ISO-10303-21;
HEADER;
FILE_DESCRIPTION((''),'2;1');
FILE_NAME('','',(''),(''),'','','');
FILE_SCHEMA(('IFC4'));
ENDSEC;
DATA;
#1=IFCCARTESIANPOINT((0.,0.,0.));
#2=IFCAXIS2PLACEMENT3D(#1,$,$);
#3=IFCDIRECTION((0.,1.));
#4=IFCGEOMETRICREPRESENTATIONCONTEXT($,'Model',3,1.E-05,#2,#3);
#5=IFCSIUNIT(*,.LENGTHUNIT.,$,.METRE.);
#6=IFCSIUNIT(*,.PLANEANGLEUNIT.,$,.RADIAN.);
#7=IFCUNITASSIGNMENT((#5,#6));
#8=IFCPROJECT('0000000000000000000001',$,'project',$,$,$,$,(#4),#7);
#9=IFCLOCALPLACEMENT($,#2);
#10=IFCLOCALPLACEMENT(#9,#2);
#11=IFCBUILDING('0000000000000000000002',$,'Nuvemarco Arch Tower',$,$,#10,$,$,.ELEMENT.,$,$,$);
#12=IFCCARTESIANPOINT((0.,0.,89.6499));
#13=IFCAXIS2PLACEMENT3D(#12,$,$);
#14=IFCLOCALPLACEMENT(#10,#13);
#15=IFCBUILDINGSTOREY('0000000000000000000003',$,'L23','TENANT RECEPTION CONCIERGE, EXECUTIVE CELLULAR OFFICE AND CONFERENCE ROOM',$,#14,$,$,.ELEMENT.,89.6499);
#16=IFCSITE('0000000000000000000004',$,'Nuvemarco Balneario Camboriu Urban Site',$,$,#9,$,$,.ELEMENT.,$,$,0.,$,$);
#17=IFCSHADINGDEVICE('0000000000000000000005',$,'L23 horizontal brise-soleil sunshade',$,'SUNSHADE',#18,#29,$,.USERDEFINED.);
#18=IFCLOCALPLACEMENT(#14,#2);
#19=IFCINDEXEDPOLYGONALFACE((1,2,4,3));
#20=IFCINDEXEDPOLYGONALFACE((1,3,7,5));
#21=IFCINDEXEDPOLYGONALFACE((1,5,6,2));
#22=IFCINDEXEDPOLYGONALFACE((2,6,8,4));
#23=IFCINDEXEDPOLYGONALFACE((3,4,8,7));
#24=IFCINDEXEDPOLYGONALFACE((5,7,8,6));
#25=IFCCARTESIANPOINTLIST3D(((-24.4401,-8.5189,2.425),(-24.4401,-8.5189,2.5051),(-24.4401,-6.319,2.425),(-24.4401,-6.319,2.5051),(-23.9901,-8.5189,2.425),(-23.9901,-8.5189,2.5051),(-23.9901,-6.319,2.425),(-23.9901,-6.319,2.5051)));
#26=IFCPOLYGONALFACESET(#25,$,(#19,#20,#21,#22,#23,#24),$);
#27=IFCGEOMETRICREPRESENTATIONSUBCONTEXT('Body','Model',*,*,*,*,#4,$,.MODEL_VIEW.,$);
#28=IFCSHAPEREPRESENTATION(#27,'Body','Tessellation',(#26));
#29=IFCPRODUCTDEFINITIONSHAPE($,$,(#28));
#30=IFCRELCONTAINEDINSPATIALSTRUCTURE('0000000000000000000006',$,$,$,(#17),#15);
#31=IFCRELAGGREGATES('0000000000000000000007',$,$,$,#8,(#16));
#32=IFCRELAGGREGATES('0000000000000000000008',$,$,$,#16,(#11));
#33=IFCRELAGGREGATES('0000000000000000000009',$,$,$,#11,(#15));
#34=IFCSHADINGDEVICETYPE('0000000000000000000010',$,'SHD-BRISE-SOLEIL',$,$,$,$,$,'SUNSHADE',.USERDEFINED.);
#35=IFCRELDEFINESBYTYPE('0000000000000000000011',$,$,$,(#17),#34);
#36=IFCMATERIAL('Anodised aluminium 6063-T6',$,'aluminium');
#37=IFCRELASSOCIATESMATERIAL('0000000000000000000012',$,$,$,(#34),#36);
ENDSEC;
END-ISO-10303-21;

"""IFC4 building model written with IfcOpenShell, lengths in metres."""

from ifc_helpers import new_model, si_unit, direction, frame, origin, origin_2d, place, context, subcontext, project, spatial, rectangle, extrude, source, transform, mapped, material, type_object, type_shapes, element, save


model = new_model("IFC4")

# Units and contexts
model_context = context("Model", 3, precision=1e-05, world=origin(), true_north=direction((0.0, 1.0)))
body_context = subcontext(model_context, "Body", "Model", "MODEL_VIEW")
ifc_project = project(units=[si_unit("LENGTHUNIT", "METRE"), si_unit("PLANEANGLEUNIT", "RADIAN")], contexts=[model_context])

# Site, building, storey
site_placement = place(None, origin())
site = spatial("IfcSite", under=ifc_project, at=site_placement, Name="Nuvemarco Balneario Camboriu Urban Site", CompositionType="ELEMENT", RefElevation=0.0)
building_placement = place(site_placement, origin())
building = spatial("IfcBuilding", under=site, at=building_placement, Name="Nuvemarco Arch Tower", CompositionType="ELEMENT")
storey_placement = place(building_placement, frame((0.0, 0.0, 89.6499)))
storey = spatial("IfcBuildingStorey", under=building, at=storey_placement, Name="L23", Description="TENANT RECEPTION CONCIERGE, EXECUTIVE CELLULAR OFFICE AND CONFERENCE ROOM", CompositionType="ELEMENT", Elevation=89.6499)

# Shading device
ifc_material_1 = material(Name="Anodised aluminium 6063-T6", Category="aluminium")
shading_device_type = type_object("IfcShadingDeviceType", Name="SHD-BRISE-SOLEIL", ElementType="SUNSHADE", PredefinedType="USERDEFINED", material=ifc_material_1)
shared_shape_1 = source(origin(), body_context, "Body", "SweptSolid", [
    extrude(rectangle(XDim=2.2, YDim=0.45, at=origin_2d()), origin(), (0.0, 0.0, 1.0), 0.0801),
])
type_shapes(shading_device_type, [shared_shape_1])
shading_device_placement = place(storey_placement, frame((-24.2151, -7.4189, 2.425), z_axis=(0.0, 0.0, 1.0), x_axis=(0.0, 1.0, 0.0)))
element("IfcShadingDevice", 1, at=shading_device_placement, inside=storey, type_object=shading_device_type, Name="L23 horizontal brise-soleil sunshade", ObjectType="SUNSHADE", PredefinedType="USERDEFINED", context=body_context, shape_type="MappedRepresentation", body=[
    mapped(shared_shape_1, transform((0.0, 0.0, 0.0), scale=1.0)),
])

save(model, "model.ifc")
